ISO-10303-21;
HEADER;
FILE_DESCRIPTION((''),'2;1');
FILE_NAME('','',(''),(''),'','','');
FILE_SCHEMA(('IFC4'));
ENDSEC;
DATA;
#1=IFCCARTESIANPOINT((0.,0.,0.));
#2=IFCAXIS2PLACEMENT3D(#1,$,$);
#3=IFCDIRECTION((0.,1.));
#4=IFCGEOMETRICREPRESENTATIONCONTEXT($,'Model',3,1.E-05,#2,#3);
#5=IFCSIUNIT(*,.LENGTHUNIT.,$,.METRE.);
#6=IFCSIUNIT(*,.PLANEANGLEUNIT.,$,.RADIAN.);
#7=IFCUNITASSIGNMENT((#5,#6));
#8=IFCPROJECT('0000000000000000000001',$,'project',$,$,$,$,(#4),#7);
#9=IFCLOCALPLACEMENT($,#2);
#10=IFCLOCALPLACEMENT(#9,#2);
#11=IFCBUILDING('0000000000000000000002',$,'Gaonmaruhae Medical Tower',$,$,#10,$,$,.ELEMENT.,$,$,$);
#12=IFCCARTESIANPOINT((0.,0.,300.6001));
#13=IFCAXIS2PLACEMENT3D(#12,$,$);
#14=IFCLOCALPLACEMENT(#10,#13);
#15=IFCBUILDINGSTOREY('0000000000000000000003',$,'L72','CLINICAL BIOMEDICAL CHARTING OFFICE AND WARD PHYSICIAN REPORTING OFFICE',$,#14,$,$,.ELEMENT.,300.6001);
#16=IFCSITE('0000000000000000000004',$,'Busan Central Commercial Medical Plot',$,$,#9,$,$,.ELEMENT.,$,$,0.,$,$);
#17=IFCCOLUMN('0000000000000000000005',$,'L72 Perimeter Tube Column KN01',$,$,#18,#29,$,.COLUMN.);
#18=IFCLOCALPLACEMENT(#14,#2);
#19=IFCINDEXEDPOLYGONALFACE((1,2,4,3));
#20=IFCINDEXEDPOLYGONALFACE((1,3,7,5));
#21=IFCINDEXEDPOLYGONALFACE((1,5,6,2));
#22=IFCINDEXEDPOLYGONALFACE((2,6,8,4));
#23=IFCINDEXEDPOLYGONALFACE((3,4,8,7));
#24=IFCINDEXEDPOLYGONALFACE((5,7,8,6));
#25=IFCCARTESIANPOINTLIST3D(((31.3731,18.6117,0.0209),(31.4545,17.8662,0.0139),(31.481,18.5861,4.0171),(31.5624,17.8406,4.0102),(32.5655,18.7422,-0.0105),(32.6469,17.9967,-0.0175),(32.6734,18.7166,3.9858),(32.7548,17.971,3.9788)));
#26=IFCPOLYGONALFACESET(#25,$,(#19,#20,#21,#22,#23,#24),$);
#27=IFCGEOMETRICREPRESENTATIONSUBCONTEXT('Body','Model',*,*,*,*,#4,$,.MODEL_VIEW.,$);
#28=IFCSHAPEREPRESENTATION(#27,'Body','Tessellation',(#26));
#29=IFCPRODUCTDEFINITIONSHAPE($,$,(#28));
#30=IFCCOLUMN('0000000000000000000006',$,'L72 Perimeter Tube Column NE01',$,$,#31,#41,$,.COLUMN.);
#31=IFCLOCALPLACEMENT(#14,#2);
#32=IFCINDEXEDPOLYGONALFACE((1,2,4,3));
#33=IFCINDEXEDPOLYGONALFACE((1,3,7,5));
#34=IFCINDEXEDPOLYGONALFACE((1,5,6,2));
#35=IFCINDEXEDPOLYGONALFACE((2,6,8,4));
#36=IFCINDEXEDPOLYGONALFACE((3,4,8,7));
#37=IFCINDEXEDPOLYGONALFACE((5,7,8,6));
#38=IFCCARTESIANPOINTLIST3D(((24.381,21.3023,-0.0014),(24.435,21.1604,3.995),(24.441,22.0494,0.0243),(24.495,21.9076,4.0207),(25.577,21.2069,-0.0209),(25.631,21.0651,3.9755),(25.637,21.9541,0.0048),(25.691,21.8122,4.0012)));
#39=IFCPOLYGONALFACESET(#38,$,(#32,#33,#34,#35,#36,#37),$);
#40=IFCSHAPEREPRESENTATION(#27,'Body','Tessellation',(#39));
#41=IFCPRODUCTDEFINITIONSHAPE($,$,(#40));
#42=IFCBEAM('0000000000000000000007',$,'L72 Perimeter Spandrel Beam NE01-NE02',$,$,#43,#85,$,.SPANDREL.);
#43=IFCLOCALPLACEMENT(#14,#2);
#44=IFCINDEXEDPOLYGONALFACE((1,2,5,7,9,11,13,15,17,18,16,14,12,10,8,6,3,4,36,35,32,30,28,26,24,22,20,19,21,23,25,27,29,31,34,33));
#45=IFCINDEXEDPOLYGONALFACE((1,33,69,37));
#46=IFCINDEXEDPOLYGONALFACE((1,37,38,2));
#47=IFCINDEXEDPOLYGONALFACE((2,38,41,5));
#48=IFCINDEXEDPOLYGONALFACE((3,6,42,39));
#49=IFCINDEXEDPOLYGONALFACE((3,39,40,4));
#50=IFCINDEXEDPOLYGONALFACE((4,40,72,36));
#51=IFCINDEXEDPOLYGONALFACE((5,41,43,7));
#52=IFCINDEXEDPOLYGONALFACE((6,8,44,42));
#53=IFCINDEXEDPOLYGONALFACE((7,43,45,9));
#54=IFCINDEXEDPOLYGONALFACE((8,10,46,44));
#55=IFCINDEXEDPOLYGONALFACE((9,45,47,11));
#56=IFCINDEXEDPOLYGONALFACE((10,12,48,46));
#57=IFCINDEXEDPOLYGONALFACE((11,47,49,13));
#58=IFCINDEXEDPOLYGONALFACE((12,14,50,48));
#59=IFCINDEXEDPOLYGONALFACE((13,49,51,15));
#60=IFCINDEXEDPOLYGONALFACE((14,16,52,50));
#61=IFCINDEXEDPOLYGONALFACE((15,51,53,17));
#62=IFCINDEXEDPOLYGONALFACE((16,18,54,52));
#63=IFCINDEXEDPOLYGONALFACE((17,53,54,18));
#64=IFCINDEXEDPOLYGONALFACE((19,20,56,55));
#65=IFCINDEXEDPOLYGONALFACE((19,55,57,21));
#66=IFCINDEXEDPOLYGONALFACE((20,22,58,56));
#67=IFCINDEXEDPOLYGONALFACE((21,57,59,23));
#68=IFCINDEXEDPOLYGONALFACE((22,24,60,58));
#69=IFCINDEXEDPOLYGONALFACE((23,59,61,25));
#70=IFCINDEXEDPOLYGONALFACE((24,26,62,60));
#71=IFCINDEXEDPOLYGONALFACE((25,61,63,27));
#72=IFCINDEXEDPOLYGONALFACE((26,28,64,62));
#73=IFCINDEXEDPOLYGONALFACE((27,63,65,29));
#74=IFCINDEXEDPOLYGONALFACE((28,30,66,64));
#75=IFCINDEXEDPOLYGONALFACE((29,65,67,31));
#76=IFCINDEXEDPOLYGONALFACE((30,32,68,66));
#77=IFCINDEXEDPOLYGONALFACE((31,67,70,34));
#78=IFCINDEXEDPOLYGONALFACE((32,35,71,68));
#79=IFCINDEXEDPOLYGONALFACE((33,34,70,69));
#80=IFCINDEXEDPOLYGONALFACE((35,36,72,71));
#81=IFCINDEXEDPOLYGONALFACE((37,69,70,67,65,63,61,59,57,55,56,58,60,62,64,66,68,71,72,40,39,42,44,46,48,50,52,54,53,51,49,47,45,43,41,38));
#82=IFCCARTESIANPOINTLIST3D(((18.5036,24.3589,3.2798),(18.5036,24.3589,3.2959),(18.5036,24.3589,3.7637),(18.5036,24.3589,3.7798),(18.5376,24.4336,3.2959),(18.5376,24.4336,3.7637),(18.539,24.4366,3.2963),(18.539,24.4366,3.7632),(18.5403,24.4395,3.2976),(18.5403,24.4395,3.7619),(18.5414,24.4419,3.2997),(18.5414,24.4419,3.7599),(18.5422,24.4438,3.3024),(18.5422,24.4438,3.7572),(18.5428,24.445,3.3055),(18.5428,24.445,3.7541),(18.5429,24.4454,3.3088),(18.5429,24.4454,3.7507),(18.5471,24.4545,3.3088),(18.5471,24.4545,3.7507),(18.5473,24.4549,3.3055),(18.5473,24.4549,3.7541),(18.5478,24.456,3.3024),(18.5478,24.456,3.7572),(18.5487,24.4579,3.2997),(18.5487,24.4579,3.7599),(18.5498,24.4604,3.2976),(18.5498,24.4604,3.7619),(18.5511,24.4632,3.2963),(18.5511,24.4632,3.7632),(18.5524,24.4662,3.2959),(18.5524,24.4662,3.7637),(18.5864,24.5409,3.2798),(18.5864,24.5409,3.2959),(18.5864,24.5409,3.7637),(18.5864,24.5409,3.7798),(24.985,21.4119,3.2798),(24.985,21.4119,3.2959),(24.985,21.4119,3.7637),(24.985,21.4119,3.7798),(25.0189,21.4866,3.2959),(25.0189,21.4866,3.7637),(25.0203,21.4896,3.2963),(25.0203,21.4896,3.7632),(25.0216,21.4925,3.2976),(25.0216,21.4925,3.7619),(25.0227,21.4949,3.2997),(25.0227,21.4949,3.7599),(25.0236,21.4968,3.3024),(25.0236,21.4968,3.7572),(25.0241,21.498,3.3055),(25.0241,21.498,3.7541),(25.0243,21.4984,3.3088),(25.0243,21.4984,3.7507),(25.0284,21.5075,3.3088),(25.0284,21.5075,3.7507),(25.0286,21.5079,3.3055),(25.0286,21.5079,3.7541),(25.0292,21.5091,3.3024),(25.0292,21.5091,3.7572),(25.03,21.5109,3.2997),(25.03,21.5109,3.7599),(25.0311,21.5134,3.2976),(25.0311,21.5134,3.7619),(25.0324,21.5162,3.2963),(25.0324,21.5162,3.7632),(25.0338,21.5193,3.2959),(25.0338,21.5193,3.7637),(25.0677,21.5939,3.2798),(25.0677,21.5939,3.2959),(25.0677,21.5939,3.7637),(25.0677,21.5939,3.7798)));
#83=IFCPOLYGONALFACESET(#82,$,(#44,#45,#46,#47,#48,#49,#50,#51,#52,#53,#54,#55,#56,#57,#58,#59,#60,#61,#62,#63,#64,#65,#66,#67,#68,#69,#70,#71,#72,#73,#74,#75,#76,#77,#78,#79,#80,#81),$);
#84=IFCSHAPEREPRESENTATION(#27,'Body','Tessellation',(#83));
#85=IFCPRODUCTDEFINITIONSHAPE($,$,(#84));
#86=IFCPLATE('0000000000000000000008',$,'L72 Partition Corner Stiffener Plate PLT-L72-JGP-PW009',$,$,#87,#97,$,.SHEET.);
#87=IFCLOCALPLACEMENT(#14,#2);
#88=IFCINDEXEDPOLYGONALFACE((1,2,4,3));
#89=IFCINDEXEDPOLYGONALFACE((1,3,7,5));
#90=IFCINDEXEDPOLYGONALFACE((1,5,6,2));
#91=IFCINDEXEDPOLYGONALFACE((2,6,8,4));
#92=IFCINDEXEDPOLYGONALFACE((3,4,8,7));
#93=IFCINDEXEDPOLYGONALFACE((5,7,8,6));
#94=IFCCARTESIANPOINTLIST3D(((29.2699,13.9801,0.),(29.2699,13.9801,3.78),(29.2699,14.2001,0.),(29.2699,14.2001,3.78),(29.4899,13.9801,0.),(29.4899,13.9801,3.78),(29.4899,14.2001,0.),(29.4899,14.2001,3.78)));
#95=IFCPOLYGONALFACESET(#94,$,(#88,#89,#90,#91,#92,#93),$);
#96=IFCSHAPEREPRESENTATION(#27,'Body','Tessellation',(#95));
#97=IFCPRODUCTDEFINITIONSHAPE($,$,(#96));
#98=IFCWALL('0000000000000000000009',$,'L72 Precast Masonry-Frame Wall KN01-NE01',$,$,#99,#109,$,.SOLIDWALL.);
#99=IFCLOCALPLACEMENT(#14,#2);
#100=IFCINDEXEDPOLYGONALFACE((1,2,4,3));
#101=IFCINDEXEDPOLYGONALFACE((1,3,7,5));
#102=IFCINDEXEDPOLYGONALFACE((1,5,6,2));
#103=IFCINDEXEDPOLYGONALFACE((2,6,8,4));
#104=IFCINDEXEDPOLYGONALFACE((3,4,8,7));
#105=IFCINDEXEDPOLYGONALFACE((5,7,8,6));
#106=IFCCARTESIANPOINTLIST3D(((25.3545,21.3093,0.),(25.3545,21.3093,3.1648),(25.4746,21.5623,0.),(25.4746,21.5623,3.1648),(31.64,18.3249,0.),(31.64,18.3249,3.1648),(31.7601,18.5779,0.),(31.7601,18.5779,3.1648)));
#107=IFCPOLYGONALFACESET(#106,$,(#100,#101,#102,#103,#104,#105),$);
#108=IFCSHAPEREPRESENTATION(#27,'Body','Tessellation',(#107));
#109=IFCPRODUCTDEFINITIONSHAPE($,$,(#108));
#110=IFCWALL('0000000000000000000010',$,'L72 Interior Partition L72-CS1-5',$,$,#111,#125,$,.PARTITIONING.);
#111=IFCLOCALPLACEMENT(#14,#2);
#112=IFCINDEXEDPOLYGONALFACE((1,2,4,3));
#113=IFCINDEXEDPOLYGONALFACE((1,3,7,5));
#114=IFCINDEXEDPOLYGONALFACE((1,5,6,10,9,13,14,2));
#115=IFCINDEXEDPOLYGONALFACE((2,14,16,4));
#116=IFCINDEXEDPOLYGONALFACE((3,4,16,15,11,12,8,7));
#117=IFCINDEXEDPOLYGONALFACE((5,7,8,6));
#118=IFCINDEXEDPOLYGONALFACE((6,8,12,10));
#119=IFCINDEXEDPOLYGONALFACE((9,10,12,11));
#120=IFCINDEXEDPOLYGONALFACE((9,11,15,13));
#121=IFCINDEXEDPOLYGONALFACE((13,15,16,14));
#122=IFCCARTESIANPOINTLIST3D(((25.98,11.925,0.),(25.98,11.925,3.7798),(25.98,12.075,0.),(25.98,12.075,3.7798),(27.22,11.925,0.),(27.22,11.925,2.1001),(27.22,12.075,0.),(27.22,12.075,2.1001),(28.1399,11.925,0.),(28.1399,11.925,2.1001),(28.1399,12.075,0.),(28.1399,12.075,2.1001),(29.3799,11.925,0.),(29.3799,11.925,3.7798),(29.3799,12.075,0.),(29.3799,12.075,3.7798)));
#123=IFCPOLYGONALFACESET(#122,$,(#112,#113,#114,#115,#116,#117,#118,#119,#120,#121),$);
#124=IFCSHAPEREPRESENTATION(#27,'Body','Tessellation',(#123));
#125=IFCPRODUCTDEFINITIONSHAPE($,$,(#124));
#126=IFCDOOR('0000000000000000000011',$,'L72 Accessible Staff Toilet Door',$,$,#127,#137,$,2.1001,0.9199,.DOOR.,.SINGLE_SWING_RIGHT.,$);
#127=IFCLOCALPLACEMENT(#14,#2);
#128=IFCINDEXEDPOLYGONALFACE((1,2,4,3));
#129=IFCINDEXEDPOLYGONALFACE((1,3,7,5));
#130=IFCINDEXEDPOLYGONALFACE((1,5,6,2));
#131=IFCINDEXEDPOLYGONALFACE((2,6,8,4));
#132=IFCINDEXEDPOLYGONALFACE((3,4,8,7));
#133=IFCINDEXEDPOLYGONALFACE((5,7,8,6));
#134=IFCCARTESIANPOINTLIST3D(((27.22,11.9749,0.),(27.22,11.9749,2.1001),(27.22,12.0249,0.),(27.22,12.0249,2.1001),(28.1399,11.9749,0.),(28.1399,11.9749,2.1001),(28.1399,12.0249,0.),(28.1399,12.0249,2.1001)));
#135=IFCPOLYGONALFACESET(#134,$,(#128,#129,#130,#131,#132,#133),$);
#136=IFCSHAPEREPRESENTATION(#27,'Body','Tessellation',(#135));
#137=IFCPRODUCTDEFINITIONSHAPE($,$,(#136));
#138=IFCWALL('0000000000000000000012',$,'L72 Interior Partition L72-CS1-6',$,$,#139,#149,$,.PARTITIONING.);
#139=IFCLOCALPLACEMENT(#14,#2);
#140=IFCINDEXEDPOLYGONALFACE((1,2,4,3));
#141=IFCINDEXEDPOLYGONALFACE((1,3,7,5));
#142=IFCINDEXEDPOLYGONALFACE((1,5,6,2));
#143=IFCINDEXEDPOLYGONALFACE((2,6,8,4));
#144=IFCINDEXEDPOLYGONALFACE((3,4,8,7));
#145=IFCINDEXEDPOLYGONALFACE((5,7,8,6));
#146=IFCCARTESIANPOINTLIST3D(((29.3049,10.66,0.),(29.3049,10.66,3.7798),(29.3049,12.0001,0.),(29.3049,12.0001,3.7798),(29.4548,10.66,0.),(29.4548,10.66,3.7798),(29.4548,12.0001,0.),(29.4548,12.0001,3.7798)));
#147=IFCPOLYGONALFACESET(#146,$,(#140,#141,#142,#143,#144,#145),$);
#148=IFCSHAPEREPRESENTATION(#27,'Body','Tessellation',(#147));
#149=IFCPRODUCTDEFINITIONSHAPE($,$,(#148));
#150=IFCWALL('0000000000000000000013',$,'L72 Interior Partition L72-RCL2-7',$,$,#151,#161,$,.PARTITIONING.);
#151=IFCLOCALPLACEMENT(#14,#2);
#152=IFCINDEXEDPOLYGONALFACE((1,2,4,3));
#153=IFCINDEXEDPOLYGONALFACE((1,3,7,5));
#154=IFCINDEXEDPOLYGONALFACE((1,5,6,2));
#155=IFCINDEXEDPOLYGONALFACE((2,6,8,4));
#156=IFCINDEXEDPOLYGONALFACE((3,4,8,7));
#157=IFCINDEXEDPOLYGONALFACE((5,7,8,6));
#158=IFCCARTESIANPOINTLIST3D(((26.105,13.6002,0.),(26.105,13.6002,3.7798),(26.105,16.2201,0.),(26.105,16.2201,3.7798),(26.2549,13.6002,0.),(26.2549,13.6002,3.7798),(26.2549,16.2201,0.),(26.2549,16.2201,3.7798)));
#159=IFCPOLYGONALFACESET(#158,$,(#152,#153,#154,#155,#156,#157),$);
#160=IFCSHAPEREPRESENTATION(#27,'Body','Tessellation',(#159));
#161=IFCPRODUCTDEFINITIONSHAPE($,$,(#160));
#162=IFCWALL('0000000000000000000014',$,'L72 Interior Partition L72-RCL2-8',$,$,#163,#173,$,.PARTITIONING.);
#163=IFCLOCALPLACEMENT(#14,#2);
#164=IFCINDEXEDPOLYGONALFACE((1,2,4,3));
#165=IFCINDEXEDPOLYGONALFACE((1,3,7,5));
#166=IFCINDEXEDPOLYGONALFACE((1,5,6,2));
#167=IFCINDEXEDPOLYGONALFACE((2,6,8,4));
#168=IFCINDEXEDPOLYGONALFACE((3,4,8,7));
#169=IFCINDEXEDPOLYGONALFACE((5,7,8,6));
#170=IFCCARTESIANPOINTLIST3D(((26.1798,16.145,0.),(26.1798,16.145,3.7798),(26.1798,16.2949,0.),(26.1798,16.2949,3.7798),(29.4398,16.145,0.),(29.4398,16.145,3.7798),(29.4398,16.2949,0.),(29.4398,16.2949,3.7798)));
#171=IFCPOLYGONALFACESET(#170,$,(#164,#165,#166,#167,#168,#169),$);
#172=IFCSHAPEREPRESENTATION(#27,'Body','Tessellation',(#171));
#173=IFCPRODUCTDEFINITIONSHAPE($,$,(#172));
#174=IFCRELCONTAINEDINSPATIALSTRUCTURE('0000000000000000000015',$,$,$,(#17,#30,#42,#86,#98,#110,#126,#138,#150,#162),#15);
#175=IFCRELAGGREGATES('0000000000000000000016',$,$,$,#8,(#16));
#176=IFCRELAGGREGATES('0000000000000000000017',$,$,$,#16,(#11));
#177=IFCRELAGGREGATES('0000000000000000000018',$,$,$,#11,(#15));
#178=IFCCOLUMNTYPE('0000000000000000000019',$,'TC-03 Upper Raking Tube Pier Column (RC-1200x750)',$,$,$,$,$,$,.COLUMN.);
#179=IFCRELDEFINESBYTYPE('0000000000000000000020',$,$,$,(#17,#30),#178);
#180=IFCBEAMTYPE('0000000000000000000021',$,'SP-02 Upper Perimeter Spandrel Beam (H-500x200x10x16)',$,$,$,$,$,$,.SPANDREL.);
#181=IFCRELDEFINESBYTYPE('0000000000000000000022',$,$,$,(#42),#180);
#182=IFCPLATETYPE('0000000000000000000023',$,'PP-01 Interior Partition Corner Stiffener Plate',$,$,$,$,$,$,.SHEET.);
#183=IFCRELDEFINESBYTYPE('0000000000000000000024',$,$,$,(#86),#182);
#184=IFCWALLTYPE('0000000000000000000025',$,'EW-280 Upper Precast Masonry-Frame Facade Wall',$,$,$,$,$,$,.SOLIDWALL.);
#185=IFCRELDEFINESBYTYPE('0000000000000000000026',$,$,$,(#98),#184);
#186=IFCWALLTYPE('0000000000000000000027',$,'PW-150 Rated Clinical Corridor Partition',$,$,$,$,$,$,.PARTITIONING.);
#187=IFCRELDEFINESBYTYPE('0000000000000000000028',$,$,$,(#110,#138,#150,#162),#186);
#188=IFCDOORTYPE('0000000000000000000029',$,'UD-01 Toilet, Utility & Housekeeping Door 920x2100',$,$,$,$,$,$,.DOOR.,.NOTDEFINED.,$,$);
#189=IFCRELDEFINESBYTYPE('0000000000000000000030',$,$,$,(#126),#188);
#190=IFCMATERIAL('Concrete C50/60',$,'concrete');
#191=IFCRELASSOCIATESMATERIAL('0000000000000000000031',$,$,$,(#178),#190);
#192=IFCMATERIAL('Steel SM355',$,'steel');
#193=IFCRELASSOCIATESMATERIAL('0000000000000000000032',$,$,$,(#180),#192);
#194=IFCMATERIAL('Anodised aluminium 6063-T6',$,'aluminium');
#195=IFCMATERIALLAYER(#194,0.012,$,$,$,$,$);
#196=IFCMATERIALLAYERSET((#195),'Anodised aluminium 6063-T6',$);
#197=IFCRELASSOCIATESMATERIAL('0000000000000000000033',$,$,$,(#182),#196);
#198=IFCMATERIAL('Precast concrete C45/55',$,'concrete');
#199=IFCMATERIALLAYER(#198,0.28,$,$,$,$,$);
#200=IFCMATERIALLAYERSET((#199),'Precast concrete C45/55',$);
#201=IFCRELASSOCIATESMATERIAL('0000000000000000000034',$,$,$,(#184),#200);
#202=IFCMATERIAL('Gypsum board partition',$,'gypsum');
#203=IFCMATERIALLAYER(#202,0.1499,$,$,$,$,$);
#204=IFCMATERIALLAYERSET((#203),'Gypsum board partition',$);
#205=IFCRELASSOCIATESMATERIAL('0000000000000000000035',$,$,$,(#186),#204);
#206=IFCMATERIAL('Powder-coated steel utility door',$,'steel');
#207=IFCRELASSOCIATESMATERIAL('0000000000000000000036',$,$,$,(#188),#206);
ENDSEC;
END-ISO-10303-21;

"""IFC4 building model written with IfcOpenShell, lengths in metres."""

from ifc_helpers import new_model, si_unit, direction, frame, frame_2d, origin, origin_2d, place, context, subcontext, project, spatial, rectangle, i_section, extrude, material, layer, layer_set, material_profile, profile_set, type_object, element, fill, save


model = new_model("IFC4")

# Units and contexts
model_context = context("Model", 3, precision=1e-05, world=origin(), true_north=direction((0.0, 1.0)))
body_context = subcontext(model_context, "Body", "Model", "MODEL_VIEW")
ifc_project = project(units=[si_unit("LENGTHUNIT", "METRE"), si_unit("PLANEANGLEUNIT", "RADIAN")], contexts=[model_context])

# Site, building, storey
site_placement = place(None, origin())
site = spatial("IfcSite", under=ifc_project, at=site_placement, Name="Busan Central Commercial Medical Plot", CompositionType="ELEMENT", RefElevation=0.0)
building_placement = place(site_placement, origin())
building = spatial("IfcBuilding", under=site, at=building_placement, Name="Gaonmaruhae Medical Tower", CompositionType="ELEMENT")
storey_placement = place(building_placement, frame((0.0, 0.0, 300.6001)))
storey = spatial("IfcBuildingStorey", under=building, at=storey_placement, Name="L72", Description="CLINICAL BIOMEDICAL CHARTING OFFICE AND WARD PHYSICIAN REPORTING OFFICE", CompositionType="ELEMENT", Elevation=300.6001)

# Columns
ifc_material_1 = material(Name="Concrete C50/60", Category="concrete")
ifc_material_profile_1 = material_profile(ifc_material_1, rectangle(XDim=1.2, YDim=0.75, at=origin_2d()), Name="RC-1200x750")
ifc_profile_set_1 = profile_set([ifc_material_profile_1], Name="Concrete C50/60")
column_type = type_object("IfcColumnType", Name="TC-03 Upper Raking Tube Pier Column (RC-1200x750)", PredefinedType="COLUMN", material=ifc_profile_set_1)
column_1_placement = place(storey_placement, frame((32.01, 18.3042, 0.0017), z_axis=(0.026992, -0.006412, 0.999615), x_axis=(-0.993729, -0.10872, 0.026136)))
element("IfcColumn", 1, at=column_1_placement, inside=storey, type_object=column_type, Name="L72 Perimeter Tube Column KN01", PredefinedType="COLUMN", context=body_context, shape_type="SweptSolid", body=[
    extrude(rectangle(XDim=1.2, YDim=0.75, at=origin_2d()), origin(), (0.0, 0.0, 1.0), 3.9978),
])
column_2_placement = place(storey_placement, frame((25.009, 21.6282, 0.0017), z_axis=(0.013491, -0.035468, 0.99928), x_axis=(-0.996705, 0.079462, 0.016277)))
element("IfcColumn", 2, at=column_2_placement, inside=storey, type_object=column_type, Name="L72 Perimeter Tube Column NE01", PredefinedType="COLUMN", context=body_context, shape_type="SweptSolid", body=[
    extrude(rectangle(XDim=1.2, YDim=0.75, at=origin_2d()), origin(), (0.0, 0.0, 1.0), 3.9993),
])

# Beam
ifc_material_2 = material(Name="Steel SM355", Category="steel")
ifc_material_profile_2 = material_profile(ifc_material_2, i_section(OverallWidth=0.2, OverallDepth=0.5, WebThickness=0.01, FlangeThickness=0.0161, FilletRadius=0.0129, at=origin_2d()), Name="H-500x200x10x16")
ifc_profile_set_2 = profile_set([ifc_material_profile_2], Name="Steel SM355")
beam_type = type_object("IfcBeamType", Name="SP-02 Upper Perimeter Spandrel Beam (H-500x200x10x16)", PredefinedType="SPANDREL", material=ifc_profile_set_2)
beam_placement = place(storey_placement, frame((25.0264, 21.5029, 3.5298), z_axis=(-0.910318, 0.413909, 0.0), x_axis=(-0.413909, -0.910318, 0.0)))
element("IfcBeam", 3, at=beam_placement, inside=storey, type_object=beam_type, Name="L72 Perimeter Spandrel Beam NE01-NE02", PredefinedType="SPANDREL", context=body_context, shape_type="SweptSolid", body=[
    extrude(i_section(OverallWidth=0.2, OverallDepth=0.5, WebThickness=0.01, FlangeThickness=0.0161, FilletRadius=0.0129, at=origin_2d()), origin(), (0.0, 0.0, 1.0), 7.1199),
])

# Plate
ifc_material_3 = material(Name="Anodised aluminium 6063-T6", Category="aluminium")
ifc_layer_1 = layer(ifc_material_3, 0.012)
ifc_layer_set_1 = layer_set([ifc_layer_1], Name="Anodised aluminium 6063-T6")
plate_type = type_object("IfcPlateType", Name="PP-01 Interior Partition Corner Stiffener Plate", PredefinedType="SHEET", material=ifc_layer_set_1)
plate_placement = place(storey_placement, frame((29.3799, 14.0901, 0.0), z_axis=(0.0, 0.0, 1.0), x_axis=(0.0, -1.0, 0.0)))
element("IfcPlate", 4, at=plate_placement, inside=storey, type_object=plate_type, Name="L72 Partition Corner Stiffener Plate PLT-L72-JGP-PW009", PredefinedType="SHEET", context=body_context, shape_type="SweptSolid", body=[
    extrude(rectangle(XDim=0.22, YDim=0.22, at=origin_2d()), origin(), (0.0, 0.0, 1.0), 3.78),
])

# Wall
ifc_material_4 = material(Name="Precast concrete C45/55", Category="concrete")
ifc_layer_2 = layer(ifc_material_4, 0.28)
ifc_layer_set_2 = layer_set([ifc_layer_2], Name="Precast concrete C45/55")
wall_type_1 = type_object("IfcWallType", Name="EW-280 Upper Precast Masonry-Frame Facade Wall", PredefinedType="SOLIDWALL", material=ifc_layer_set_2)
wall_1_placement = place(storey_placement, frame((25.4146, 21.4358, 0.0), z_axis=(0.0, 0.0, 1.0), x_axis=(0.903344, -0.428917, 0.0)))
element("IfcWall", 5, at=wall_1_placement, inside=storey, type_object=wall_type_1, Name="L72 Precast Masonry-Frame Wall KN01-NE01", PredefinedType="SOLIDWALL", context=body_context, shape_type="SweptSolid", body=[
    extrude(rectangle(XDim=6.958, YDim=0.28, at=frame_2d((3.479, 0.0))), origin(), (0.0, 0.0, 1.0), 3.1648),
])

# Wall, opening, door
ifc_material_5 = material(Name="Gypsum board partition", Category="gypsum")
ifc_layer_3 = layer(ifc_material_5, 0.1499)
ifc_layer_set_3 = layer_set([ifc_layer_3], Name="Gypsum board partition")
wall_type_2 = type_object("IfcWallType", Name="PW-150 Rated Clinical Corridor Partition", PredefinedType="PARTITIONING", material=ifc_layer_set_3)
wall_2_placement = place(storey_placement, frame((25.98, 12.0, 0.0), z_axis=(0.0, 0.0, 1.0), x_axis=(1.0, 0.0, 0.0)))
wall_2 = element("IfcWall", 6, at=wall_2_placement, inside=storey, type_object=wall_type_2, Name="L72 Interior Partition L72-CS1-5", PredefinedType="PARTITIONING", context=body_context, shape_type="SweptSolid", body=[
    extrude(rectangle(XDim=3.3999, YDim=0.1499, at=frame_2d((1.7, 0.0))), origin(), (0.0, 0.0, 1.0), 3.7798),
])
opening_1_placement = place(wall_2_placement, frame((1.24, 0.0, 0.0)))
opening_1 = element("IfcOpeningElement", 7, at=opening_1_placement, cuts=wall_2, PredefinedType="OPENING", context=body_context, shape_type="SweptSolid", body=[
    extrude(rectangle(XDim=0.9199, YDim=2.1001, at=frame_2d((0.46, 1.05))), frame((0.0, 0.085, 0.0), z_axis=(0.0, -1.0, 0.0), x_axis=(1.0, 0.0, 0.0)), (0.0, 0.0, 1.0), 0.1699),
])
ifc_material_6 = material(Name="Powder-coated steel utility door", Category="steel")
door_type_1 = type_object("IfcDoorType", Name="UD-01 Toilet, Utility & Housekeeping Door 920x2100", OperationType="NOTDEFINED", PredefinedType="DOOR", material=ifc_material_6)
door_1_placement = place(opening_1_placement, origin())
door_1 = element("IfcDoor", 8, at=door_1_placement, inside=storey, type_object=door_type_1, Name="L72 Accessible Staff Toilet Door", OperationType="SINGLE_SWING_RIGHT", OverallHeight=2.1001, OverallWidth=0.9199, PredefinedType="DOOR", context=body_context, shape_type="SweptSolid", body=[
    extrude(rectangle(XDim=0.9199, YDim=2.1001, at=frame_2d((0.46, 1.05))), frame((0.0, 0.0249, 0.0), z_axis=(0.0, -1.0, 0.0), x_axis=(1.0, 0.0, 0.0)), (0.0, 0.0, 1.0), 0.05),
])
fill(opening_1, door_1)

# Walls
wall_3_placement = place(storey_placement, frame((29.3799, 12.0, 0.0), z_axis=(0.0, 0.0, 1.0), x_axis=(0.0, -1.0, 0.0)))
element("IfcWall", 9, at=wall_3_placement, inside=storey, type_object=wall_type_2, Name="L72 Interior Partition L72-CS1-6", PredefinedType="PARTITIONING", context=body_context, shape_type="SweptSolid", body=[
    extrude(rectangle(XDim=1.3401, YDim=0.1499, at=frame_2d((0.6699, 0.0))), origin(), (0.0, 0.0, 1.0), 3.7798),
])
wall_4_placement = place(storey_placement, frame((26.1799, 13.6001, 0.0), z_axis=(0.0, 0.0, 1.0), x_axis=(0.0, 1.0, 0.0)))
element("IfcWall", 10, at=wall_4_placement, inside=storey, type_object=wall_type_2, Name="L72 Interior Partition L72-RCL2-7", PredefinedType="PARTITIONING", context=body_context, shape_type="SweptSolid", body=[
    extrude(rectangle(XDim=2.6199, YDim=0.1499, at=frame_2d((1.3101, 0.0))), origin(), (0.0, 0.0, 1.0), 3.7798),
])
wall_5_placement = place(storey_placement, frame((26.1799, 16.22, 0.0), z_axis=(0.0, 0.0, 1.0), x_axis=(1.0, 0.0, 0.0)))
element("IfcWall", 11, at=wall_5_placement, inside=storey, type_object=wall_type_2, Name="L72 Interior Partition L72-RCL2-8", PredefinedType="PARTITIONING", context=body_context, shape_type="SweptSolid", body=[
    extrude(rectangle(XDim=3.26, YDim=0.1499, at=frame_2d((1.6299, 0.0))), origin(), (0.0, 0.0, 1.0), 3.7798),
])

save(model, "model.ifc")
